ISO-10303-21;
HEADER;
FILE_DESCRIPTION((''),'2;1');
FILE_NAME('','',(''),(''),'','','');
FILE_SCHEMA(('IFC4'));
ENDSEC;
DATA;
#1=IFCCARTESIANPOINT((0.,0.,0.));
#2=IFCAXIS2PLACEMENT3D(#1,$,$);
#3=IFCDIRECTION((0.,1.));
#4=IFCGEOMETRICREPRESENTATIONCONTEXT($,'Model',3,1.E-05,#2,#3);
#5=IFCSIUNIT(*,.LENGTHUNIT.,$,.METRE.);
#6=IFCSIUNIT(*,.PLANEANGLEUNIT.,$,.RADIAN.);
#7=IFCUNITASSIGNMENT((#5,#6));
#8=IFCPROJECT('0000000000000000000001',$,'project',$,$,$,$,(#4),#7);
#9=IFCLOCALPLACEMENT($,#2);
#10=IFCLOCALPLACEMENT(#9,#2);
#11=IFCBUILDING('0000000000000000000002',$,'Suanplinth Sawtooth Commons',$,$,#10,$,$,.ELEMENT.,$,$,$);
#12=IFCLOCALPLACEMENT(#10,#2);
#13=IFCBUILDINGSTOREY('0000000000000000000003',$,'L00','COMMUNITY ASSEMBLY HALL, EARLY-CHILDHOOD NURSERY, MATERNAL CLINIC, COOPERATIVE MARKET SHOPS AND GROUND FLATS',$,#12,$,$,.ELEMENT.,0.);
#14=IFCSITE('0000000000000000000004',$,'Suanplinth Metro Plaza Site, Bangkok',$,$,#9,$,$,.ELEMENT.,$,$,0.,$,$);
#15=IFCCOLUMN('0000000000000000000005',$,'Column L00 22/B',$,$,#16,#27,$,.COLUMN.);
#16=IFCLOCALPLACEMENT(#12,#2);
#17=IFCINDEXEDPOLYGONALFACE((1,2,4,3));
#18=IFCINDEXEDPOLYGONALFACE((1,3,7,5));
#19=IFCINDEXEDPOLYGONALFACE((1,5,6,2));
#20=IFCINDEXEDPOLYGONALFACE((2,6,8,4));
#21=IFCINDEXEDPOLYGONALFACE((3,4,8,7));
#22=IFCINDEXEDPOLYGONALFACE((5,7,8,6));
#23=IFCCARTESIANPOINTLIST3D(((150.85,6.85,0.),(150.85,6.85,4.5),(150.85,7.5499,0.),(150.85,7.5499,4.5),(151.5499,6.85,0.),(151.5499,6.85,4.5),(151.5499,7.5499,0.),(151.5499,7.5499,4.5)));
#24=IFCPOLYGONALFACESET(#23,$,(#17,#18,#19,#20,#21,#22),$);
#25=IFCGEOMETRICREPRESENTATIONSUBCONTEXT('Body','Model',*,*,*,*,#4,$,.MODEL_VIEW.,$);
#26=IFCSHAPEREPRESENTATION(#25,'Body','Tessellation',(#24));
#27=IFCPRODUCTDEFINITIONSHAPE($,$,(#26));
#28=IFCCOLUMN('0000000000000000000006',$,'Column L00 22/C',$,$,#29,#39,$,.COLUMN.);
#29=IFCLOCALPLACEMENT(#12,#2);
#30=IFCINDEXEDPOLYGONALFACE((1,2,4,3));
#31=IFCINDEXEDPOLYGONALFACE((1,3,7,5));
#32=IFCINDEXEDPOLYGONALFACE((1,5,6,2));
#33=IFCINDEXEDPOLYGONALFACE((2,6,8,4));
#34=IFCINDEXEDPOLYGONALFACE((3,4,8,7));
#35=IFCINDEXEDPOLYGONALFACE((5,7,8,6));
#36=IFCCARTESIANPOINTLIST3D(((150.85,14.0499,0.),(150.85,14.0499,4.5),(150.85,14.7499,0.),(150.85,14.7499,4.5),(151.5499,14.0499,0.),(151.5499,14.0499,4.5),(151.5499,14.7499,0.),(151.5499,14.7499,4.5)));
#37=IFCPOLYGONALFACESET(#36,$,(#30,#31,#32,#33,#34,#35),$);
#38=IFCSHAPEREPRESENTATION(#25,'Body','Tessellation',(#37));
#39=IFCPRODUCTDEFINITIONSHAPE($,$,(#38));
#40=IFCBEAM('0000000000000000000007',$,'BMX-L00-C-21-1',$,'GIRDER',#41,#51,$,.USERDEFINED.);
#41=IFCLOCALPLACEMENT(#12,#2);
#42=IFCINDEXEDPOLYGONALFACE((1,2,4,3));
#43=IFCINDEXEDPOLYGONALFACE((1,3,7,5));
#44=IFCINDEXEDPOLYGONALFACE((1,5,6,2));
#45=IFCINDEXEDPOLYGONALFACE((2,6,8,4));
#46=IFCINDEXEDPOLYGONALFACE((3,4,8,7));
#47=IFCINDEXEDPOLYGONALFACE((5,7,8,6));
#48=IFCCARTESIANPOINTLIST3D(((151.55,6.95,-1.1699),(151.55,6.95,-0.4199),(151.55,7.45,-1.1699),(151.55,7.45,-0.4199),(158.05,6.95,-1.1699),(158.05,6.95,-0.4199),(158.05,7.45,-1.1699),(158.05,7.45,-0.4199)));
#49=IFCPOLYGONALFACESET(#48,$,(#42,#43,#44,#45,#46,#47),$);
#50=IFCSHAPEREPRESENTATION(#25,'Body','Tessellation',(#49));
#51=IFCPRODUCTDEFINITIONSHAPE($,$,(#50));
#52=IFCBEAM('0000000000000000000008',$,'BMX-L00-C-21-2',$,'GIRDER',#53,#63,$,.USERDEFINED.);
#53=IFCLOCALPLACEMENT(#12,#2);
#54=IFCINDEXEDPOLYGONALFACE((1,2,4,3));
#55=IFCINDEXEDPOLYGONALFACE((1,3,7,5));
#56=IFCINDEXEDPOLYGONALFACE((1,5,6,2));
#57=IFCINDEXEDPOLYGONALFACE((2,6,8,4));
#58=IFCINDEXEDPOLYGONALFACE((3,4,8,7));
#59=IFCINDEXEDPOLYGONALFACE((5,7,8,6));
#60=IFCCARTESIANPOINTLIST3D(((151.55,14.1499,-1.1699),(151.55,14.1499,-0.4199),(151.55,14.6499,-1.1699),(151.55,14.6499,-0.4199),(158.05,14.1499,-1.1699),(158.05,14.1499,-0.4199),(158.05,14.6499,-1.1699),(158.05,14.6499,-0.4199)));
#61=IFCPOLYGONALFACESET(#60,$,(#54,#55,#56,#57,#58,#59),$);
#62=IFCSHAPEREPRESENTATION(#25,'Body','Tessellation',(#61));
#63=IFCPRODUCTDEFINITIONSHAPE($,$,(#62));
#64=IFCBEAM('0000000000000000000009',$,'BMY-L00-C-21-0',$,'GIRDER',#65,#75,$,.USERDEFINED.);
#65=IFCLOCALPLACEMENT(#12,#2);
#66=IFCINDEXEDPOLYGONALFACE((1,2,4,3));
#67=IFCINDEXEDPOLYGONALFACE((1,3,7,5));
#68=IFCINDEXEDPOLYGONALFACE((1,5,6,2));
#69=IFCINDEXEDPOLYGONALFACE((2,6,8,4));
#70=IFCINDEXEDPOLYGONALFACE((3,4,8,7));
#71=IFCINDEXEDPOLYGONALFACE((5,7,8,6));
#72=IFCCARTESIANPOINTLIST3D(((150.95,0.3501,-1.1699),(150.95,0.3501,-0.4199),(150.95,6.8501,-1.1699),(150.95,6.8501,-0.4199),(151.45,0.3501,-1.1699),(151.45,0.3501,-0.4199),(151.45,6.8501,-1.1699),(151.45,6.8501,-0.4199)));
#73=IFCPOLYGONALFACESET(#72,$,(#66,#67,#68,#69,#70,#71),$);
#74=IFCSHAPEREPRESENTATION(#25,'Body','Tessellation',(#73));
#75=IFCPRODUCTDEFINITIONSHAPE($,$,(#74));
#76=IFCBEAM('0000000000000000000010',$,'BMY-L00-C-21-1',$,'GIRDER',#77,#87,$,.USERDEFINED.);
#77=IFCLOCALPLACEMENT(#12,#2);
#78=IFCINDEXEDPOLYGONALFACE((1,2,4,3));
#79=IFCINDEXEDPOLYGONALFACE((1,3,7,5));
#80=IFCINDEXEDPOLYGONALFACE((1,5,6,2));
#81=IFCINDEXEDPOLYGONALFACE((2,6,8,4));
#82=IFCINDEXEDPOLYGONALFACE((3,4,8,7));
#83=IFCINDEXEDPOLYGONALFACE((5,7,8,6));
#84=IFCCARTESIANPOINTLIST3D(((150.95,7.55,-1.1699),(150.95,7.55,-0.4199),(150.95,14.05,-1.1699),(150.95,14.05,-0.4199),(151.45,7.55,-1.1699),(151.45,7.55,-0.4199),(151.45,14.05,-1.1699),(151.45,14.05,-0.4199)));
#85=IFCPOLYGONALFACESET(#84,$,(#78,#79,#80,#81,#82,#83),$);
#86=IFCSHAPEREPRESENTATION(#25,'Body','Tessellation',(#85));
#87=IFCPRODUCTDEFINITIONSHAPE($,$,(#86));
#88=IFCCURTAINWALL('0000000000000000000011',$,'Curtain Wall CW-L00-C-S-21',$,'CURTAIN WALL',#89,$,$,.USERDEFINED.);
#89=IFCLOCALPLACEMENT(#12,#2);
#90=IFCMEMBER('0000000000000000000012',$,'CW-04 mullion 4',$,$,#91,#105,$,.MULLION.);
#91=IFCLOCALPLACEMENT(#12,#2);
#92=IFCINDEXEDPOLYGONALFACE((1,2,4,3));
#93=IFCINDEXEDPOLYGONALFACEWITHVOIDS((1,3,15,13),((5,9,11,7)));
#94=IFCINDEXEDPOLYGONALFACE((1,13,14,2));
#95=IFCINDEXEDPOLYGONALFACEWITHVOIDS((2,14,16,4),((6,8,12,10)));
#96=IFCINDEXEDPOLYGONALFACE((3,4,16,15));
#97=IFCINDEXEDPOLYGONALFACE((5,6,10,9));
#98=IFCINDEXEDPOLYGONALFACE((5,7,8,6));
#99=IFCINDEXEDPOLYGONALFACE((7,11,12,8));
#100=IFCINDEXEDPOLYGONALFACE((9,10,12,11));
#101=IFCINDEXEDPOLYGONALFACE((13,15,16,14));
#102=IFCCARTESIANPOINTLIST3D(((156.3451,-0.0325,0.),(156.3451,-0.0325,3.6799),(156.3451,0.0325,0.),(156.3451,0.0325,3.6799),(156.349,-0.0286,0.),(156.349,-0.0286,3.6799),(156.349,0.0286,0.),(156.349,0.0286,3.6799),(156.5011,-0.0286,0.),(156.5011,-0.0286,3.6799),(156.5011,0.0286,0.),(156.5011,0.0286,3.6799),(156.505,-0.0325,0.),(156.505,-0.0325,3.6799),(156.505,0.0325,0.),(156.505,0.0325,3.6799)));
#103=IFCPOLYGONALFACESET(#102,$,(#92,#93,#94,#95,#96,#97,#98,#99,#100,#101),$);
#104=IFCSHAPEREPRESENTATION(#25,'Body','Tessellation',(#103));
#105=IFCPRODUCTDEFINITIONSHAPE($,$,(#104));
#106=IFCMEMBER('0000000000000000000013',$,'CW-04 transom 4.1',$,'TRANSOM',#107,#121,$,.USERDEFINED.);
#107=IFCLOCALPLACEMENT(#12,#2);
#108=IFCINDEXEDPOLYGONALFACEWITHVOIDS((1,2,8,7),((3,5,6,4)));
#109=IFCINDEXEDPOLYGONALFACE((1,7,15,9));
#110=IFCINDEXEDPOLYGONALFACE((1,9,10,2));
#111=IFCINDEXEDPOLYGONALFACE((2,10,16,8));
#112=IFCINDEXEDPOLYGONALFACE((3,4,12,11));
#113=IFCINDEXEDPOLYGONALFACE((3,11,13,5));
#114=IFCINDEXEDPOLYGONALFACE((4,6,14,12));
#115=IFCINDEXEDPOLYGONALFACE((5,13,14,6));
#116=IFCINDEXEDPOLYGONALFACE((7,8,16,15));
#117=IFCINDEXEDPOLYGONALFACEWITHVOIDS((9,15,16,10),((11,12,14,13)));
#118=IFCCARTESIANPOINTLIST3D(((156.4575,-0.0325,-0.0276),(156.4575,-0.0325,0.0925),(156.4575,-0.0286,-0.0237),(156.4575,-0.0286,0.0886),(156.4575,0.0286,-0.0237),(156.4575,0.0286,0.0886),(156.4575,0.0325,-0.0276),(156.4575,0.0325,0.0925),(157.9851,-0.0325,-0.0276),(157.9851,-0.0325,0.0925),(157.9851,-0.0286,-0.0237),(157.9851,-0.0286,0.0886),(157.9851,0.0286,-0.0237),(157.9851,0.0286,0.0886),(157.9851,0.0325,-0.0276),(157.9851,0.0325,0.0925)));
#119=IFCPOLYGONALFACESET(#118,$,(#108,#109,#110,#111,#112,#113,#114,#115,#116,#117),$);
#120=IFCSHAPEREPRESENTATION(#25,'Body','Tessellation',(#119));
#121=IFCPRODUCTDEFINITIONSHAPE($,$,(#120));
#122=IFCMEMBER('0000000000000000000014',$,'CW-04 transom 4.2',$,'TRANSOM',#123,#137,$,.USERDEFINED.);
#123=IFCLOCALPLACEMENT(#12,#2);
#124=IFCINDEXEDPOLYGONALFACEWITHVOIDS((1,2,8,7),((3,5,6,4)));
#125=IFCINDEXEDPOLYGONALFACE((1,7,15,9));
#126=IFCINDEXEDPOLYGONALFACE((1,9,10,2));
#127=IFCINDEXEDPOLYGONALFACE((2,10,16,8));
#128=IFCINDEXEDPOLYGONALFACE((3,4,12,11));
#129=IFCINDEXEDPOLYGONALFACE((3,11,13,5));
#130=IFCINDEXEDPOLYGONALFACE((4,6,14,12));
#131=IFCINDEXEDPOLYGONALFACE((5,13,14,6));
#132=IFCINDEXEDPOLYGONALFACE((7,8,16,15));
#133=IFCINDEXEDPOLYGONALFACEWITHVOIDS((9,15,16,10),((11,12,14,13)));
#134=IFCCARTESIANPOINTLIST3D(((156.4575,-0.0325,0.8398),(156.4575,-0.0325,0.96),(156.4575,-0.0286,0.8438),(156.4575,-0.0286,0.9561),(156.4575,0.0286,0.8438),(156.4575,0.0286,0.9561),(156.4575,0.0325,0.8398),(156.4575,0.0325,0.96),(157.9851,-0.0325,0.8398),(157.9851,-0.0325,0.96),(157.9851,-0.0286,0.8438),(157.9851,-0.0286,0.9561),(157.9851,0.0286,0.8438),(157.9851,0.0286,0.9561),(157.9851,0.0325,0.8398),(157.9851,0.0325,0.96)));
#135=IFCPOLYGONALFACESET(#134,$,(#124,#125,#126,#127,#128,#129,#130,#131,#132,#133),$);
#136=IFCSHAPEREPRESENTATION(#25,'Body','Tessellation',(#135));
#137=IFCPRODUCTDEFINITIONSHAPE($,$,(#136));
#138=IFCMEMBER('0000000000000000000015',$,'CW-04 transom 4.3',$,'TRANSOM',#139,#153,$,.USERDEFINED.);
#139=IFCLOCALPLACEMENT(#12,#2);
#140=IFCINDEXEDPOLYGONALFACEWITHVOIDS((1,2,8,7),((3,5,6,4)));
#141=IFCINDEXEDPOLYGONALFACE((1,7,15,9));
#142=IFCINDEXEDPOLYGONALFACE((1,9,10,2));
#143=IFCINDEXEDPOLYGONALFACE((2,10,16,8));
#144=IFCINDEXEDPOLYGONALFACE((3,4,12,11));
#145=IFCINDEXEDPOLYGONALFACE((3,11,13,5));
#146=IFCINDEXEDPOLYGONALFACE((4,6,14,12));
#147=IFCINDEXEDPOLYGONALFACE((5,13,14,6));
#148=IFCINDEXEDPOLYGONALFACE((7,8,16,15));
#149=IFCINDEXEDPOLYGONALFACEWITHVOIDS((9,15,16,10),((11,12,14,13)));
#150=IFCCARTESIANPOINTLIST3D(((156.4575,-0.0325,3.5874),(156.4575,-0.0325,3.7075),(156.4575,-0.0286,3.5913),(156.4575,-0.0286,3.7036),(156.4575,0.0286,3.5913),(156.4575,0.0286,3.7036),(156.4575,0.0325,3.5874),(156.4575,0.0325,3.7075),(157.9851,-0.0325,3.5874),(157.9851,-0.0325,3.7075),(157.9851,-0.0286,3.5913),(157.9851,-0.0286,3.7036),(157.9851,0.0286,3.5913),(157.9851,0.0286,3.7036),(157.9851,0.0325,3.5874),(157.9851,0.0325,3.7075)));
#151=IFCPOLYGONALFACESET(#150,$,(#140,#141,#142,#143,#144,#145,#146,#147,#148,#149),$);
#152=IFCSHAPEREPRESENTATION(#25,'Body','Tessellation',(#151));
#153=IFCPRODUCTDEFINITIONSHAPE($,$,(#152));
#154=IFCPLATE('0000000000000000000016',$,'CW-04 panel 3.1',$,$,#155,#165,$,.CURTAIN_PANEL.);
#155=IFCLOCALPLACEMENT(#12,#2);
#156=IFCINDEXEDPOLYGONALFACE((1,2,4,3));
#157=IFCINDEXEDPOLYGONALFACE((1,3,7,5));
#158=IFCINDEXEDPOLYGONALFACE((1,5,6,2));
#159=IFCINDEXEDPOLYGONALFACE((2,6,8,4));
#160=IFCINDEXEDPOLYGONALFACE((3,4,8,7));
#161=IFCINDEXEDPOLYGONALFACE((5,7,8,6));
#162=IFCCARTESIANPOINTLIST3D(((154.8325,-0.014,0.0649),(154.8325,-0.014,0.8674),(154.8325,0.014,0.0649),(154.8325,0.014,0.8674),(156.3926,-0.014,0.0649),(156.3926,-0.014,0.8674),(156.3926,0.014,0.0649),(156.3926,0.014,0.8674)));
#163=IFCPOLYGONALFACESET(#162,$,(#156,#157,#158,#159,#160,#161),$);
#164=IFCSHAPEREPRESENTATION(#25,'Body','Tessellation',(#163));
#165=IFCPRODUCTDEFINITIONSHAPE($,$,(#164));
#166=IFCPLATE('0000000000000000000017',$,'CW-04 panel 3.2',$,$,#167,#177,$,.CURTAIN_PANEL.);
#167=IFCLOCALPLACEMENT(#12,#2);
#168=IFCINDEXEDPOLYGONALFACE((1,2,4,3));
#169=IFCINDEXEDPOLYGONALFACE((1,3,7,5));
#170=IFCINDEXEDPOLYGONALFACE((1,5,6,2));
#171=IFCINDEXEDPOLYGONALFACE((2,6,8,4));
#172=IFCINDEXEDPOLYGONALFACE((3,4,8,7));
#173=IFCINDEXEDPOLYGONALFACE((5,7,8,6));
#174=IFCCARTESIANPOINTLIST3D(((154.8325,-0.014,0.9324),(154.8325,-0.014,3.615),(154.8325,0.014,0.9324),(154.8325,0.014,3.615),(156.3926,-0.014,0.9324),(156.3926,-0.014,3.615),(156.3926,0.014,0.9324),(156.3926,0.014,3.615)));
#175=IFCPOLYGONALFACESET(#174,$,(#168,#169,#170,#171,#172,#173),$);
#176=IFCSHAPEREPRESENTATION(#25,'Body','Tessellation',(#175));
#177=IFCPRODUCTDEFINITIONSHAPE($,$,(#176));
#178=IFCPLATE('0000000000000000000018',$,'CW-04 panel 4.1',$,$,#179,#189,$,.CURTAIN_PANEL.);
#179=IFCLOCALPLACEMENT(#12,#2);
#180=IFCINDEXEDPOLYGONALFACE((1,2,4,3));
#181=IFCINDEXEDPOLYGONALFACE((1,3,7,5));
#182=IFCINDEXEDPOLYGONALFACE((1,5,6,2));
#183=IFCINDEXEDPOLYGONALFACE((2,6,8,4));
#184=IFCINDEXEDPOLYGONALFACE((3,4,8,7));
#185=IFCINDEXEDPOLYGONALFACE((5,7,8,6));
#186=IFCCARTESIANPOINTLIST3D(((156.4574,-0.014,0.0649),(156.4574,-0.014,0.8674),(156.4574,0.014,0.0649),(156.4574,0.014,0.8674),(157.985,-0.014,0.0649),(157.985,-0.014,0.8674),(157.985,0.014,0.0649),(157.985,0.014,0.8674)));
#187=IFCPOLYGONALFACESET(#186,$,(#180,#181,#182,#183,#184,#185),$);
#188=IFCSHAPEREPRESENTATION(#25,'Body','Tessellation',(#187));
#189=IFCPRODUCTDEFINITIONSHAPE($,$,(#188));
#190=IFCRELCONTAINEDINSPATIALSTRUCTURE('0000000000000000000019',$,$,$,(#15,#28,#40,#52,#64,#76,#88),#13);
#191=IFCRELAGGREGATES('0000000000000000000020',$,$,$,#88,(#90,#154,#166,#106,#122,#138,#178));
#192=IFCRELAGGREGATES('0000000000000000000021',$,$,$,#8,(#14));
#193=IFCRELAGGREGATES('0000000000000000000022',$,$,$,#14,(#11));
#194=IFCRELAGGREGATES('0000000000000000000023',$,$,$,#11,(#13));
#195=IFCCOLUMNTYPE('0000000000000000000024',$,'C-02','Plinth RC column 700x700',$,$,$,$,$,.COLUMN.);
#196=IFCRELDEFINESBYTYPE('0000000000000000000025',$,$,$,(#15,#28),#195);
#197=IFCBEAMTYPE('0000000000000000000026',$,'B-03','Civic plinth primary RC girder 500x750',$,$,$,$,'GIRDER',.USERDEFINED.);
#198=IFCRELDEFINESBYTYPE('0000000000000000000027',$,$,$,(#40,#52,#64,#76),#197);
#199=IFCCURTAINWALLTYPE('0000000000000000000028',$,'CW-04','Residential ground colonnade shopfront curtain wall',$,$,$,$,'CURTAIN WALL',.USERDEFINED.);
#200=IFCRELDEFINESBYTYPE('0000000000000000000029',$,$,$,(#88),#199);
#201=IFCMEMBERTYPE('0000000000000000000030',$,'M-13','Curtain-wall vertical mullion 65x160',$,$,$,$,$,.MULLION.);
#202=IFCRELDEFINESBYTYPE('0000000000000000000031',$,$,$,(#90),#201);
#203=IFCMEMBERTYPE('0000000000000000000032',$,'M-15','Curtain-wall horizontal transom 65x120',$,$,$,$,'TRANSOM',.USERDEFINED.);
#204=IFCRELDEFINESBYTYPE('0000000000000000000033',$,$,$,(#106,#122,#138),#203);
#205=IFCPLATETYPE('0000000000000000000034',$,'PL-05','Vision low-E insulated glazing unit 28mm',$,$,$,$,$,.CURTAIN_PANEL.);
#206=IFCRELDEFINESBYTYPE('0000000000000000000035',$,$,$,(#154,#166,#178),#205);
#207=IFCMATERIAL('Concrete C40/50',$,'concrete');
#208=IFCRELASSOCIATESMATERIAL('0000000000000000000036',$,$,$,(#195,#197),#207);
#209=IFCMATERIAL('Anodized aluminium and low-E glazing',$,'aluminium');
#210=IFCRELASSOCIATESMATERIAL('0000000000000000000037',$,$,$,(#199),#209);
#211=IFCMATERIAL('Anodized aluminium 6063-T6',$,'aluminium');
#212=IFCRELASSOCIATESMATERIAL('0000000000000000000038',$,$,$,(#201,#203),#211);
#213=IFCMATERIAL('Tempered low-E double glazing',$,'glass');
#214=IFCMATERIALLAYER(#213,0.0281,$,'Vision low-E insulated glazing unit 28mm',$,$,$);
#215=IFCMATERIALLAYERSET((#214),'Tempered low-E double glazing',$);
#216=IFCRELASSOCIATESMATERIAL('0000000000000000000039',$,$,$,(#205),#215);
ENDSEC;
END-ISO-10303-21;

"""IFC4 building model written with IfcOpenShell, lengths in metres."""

from ifc_helpers import new_model, si_unit, direction, frame, origin, origin_2d, place, context, subcontext, project, spatial, rectangle, hollow_rectangle, extrude, material, layer, layer_set, material_profile, profile_set, type_object, element, aggregate, save


model = new_model("IFC4")

# Units and contexts
model_context = context("Model", 3, precision=1e-05, world=origin(), true_north=direction((0.0, 1.0)))
body_context = subcontext(model_context, "Body", "Model", "MODEL_VIEW")
ifc_project = project(units=[si_unit("LENGTHUNIT", "METRE"), si_unit("PLANEANGLEUNIT", "RADIAN")], contexts=[model_context])

# Site, building, storey
site_placement = place(None, origin())
site = spatial("IfcSite", under=ifc_project, at=site_placement, Name="Suanplinth Metro Plaza Site, Bangkok", CompositionType="ELEMENT", RefElevation=0.0)
building_placement = place(site_placement, origin())
building = spatial("IfcBuilding", under=site, at=building_placement, Name="Suanplinth Sawtooth Commons", CompositionType="ELEMENT")
storey_placement = place(building_placement, origin())
storey = spatial("IfcBuildingStorey", under=building, at=storey_placement, Name="L00", Description="COMMUNITY ASSEMBLY HALL, EARLY-CHILDHOOD NURSERY, MATERNAL CLINIC, COOPERATIVE MARKET SHOPS AND GROUND FLATS", CompositionType="ELEMENT", Elevation=0.0)

# Columns
ifc_material_1 = material(Name="Concrete C40/50", Category="concrete")
ifc_material_profile_1 = material_profile(ifc_material_1, rectangle(XDim=0.7, YDim=0.7, at=origin_2d()), Name="RC-COL 700x700")
ifc_profile_set_1 = profile_set([ifc_material_profile_1], Name="Concrete C40/50")
column_type = type_object("IfcColumnType", Name="C-02", Description="Plinth RC column 700x700", PredefinedType="COLUMN", material=ifc_profile_set_1)
for number, where, z_axis, x_axis, name in (
    (1, (151.2, 7.2, 0.0), (0.0, 0.0, 1.0), (1.0, 0.0, 0.0), "Column L00 22/B"),
    (2, (151.2, 14.3999, 0.0), (0.0, 0.0, 1.0), (1.0, 0.0, 0.0), "Column L00 22/C"),
):
    element("IfcColumn", number, at=place(storey_placement, frame(where, z_axis=z_axis, x_axis=x_axis)), inside=storey, type_object=column_type, Name=name, PredefinedType="COLUMN", context=body_context, shape_type="SweptSolid", body=[
        extrude(rectangle(XDim=0.7, YDim=0.7, at=origin_2d()), origin(), (0.0, 0.0, 1.0), 4.5),
    ])

# Beams
ifc_material_profile_2 = material_profile(ifc_material_1, rectangle(XDim=0.5, YDim=0.75, at=origin_2d()), Name="RC-GDR 500x750")
ifc_profile_set_2 = profile_set([ifc_material_profile_2], Name="Concrete C40/50")
beam_type = type_object("IfcBeamType", Name="B-03", Description="Civic plinth primary RC girder 500x750", ElementType="GIRDER", PredefinedType="USERDEFINED", material=ifc_profile_set_2)
for number, where, z_axis, x_axis, name in (
    (3, (151.55, 7.2, -0.7949), (1.0, 0.0, 0.0), (0.0, 1.0, 0.0), "BMX-L00-C-21-1"),
    (4, (151.55, 14.3999, -0.7949), (1.0, 0.0, 0.0), (0.0, 1.0, 0.0), "BMX-L00-C-21-2"),
    (5, (151.2, 0.3501, -0.7949), (0.0, 1.0, 0.0), (-1.0, 0.0, 0.0), "BMY-L00-C-21-0"),
    (6, (151.2, 7.55, -0.7949), (0.0, 1.0, 0.0), (-1.0, 0.0, 0.0), "BMY-L00-C-21-1"),
):
    element("IfcBeam", number, at=place(storey_placement, frame(where, z_axis=z_axis, x_axis=x_axis)), inside=storey, type_object=beam_type, Name=name, ObjectType="GIRDER", PredefinedType="USERDEFINED", context=body_context, shape_type="SweptSolid", body=[
        extrude(rectangle(XDim=0.5, YDim=0.75, at=origin_2d()), origin(), (0.0, 0.0, 1.0), 6.5),
    ])

# Curtain wall, members, plates
ifc_material_2 = material(Name="Anodized aluminium and low-E glazing", Category="aluminium")
curtain_wall_type = type_object("IfcCurtainWallType", Name="CW-04", Description="Residential ground colonnade shopfront curtain wall", ElementType="CURTAIN WALL", PredefinedType="USERDEFINED", material=ifc_material_2)
curtain_wall_placement = place(storey_placement, origin())
curtain_wall = element("IfcCurtainWall", 7, at=curtain_wall_placement, inside=storey, type_object=curtain_wall_type, Name="Curtain Wall CW-L00-C-S-21", ObjectType="CURTAIN WALL", PredefinedType="USERDEFINED")
ifc_material_3 = material(Name="Anodized aluminium 6063-T6", Category="aluminium")
ifc_material_profile_3 = material_profile(ifc_material_3, hollow_rectangle(XDim=0.0649, YDim=0.1599, WallThickness=0.0039, at=origin_2d()), Name="ALU-MUL 65x160")
ifc_profile_set_3 = profile_set([ifc_material_profile_3], Name="Anodized aluminium 6063-T6")
member_type_1 = type_object("IfcMemberType", Name="M-13", Description="Curtain-wall vertical mullion 65x160", PredefinedType="MULLION", material=ifc_profile_set_3)
member_1_placement = place(storey_placement, frame((156.425, 0.0, 0.0), z_axis=(0.0, 0.0, 1.0), x_axis=(0.0, 1.0, 0.0)))
member_1 = element("IfcMember", 8, at=member_1_placement, type_object=member_type_1, Name="CW-04 mullion 4", PredefinedType="MULLION", context=body_context, shape_type="SweptSolid", body=[
    extrude(hollow_rectangle(XDim=0.0649, YDim=0.1599, WallThickness=0.0039, at=origin_2d()), origin(), (0.0, 0.0, 1.0), 3.6799),
])
ifc_material_profile_4 = material_profile(ifc_material_3, hollow_rectangle(XDim=0.0649, YDim=0.1201, WallThickness=0.0039, at=origin_2d()), Name="ALU-TRN 65x120")
ifc_profile_set_4 = profile_set([ifc_material_profile_4], Name="Anodized aluminium 6063-T6")
member_type_2 = type_object("IfcMemberType", Name="M-15", Description="Curtain-wall horizontal transom 65x120", ElementType="TRANSOM", PredefinedType="USERDEFINED", material=ifc_profile_set_4)
member_2_placement = place(storey_placement, frame((156.4575, 0.0, 0.0325), z_axis=(1.0, 0.0, 0.0), x_axis=(0.0, 1.0, 0.0)))
member_2 = element("IfcMember", 9, at=member_2_placement, type_object=member_type_2, Name="CW-04 transom 4.1", ObjectType="TRANSOM", PredefinedType="USERDEFINED", context=body_context, shape_type="SweptSolid", body=[
    extrude(hollow_rectangle(XDim=0.0649, YDim=0.1201, WallThickness=0.0039, at=origin_2d()), origin(), (0.0, 0.0, 1.0), 1.5276),
])
member_3_placement = place(storey_placement, frame((156.4575, 0.0, 0.8999), z_axis=(1.0, 0.0, 0.0), x_axis=(0.0, 1.0, 0.0)))
member_3 = element("IfcMember", 10, at=member_3_placement, type_object=member_type_2, Name="CW-04 transom 4.2", ObjectType="TRANSOM", PredefinedType="USERDEFINED", context=body_context, shape_type="SweptSolid", body=[
    extrude(hollow_rectangle(XDim=0.0649, YDim=0.1201, WallThickness=0.0039, at=origin_2d()), origin(), (0.0, 0.0, 1.0), 1.5276),
])
member_4_placement = place(storey_placement, frame((156.4575, 0.0, 3.6475), z_axis=(1.0, 0.0, 0.0), x_axis=(0.0, 1.0, 0.0)))
member_4 = element("IfcMember", 11, at=member_4_placement, type_object=member_type_2, Name="CW-04 transom 4.3", ObjectType="TRANSOM", PredefinedType="USERDEFINED", context=body_context, shape_type="SweptSolid", body=[
    extrude(hollow_rectangle(XDim=0.0649, YDim=0.1201, WallThickness=0.0039, at=origin_2d()), origin(), (0.0, 0.0, 1.0), 1.5276),
])
ifc_material_4 = material(Name="Tempered low-E double glazing", Category="glass")
ifc_layer_1 = layer(ifc_material_4, 0.0281, Name="Vision low-E insulated glazing unit 28mm")
ifc_layer_set_1 = layer_set([ifc_layer_1], Name="Tempered low-E double glazing")
plate_type = type_object("IfcPlateType", Name="PL-05", Description="Vision low-E insulated glazing unit 28mm", PredefinedType="CURTAIN_PANEL", material=ifc_layer_set_1)
plate_1_placement = place(storey_placement, frame((155.6125, 0.0, 0.0649), z_axis=(0.0, 0.0, 1.0), x_axis=(1.0, 0.0, 0.0)))
plate_1 = element("IfcPlate", 12, at=plate_1_placement, type_object=plate_type, Name="CW-04 panel 3.1", PredefinedType="CURTAIN_PANEL", context=body_context, shape_type="SweptSolid", body=[
    extrude(rectangle(XDim=1.5601, YDim=0.0281, at=origin_2d()), origin(), (0.0, 0.0, 1.0), 0.8025),
])
plate_2_placement = place(storey_placement, frame((155.6125, 0.0, 0.9324), z_axis=(0.0, 0.0, 1.0), x_axis=(1.0, 0.0, 0.0)))
plate_2 = element("IfcPlate", 13, at=plate_2_placement, type_object=plate_type, Name="CW-04 panel 3.2", PredefinedType="CURTAIN_PANEL", context=body_context, shape_type="SweptSolid", body=[
    extrude(rectangle(XDim=1.5601, YDim=0.0281, at=origin_2d()), origin(), (0.0, 0.0, 1.0), 2.6826),
])
plate_3_placement = place(storey_placement, frame((157.2212, 0.0, 0.0649), z_axis=(0.0, 0.0, 1.0), x_axis=(1.0, 0.0, 0.0)))
plate_3 = element("IfcPlate", 14, at=plate_3_placement, type_object=plate_type, Name="CW-04 panel 4.1", PredefinedType="CURTAIN_PANEL", context=body_context, shape_type="SweptSolid", body=[
    extrude(rectangle(XDim=1.5276, YDim=0.0281, at=origin_2d()), origin(), (0.0, 0.0, 1.0), 0.8025),
])
aggregate(curtain_wall, [member_1, plate_1, plate_2, member_2, member_3, member_4, plate_3])

save(model, "model.ifc")
